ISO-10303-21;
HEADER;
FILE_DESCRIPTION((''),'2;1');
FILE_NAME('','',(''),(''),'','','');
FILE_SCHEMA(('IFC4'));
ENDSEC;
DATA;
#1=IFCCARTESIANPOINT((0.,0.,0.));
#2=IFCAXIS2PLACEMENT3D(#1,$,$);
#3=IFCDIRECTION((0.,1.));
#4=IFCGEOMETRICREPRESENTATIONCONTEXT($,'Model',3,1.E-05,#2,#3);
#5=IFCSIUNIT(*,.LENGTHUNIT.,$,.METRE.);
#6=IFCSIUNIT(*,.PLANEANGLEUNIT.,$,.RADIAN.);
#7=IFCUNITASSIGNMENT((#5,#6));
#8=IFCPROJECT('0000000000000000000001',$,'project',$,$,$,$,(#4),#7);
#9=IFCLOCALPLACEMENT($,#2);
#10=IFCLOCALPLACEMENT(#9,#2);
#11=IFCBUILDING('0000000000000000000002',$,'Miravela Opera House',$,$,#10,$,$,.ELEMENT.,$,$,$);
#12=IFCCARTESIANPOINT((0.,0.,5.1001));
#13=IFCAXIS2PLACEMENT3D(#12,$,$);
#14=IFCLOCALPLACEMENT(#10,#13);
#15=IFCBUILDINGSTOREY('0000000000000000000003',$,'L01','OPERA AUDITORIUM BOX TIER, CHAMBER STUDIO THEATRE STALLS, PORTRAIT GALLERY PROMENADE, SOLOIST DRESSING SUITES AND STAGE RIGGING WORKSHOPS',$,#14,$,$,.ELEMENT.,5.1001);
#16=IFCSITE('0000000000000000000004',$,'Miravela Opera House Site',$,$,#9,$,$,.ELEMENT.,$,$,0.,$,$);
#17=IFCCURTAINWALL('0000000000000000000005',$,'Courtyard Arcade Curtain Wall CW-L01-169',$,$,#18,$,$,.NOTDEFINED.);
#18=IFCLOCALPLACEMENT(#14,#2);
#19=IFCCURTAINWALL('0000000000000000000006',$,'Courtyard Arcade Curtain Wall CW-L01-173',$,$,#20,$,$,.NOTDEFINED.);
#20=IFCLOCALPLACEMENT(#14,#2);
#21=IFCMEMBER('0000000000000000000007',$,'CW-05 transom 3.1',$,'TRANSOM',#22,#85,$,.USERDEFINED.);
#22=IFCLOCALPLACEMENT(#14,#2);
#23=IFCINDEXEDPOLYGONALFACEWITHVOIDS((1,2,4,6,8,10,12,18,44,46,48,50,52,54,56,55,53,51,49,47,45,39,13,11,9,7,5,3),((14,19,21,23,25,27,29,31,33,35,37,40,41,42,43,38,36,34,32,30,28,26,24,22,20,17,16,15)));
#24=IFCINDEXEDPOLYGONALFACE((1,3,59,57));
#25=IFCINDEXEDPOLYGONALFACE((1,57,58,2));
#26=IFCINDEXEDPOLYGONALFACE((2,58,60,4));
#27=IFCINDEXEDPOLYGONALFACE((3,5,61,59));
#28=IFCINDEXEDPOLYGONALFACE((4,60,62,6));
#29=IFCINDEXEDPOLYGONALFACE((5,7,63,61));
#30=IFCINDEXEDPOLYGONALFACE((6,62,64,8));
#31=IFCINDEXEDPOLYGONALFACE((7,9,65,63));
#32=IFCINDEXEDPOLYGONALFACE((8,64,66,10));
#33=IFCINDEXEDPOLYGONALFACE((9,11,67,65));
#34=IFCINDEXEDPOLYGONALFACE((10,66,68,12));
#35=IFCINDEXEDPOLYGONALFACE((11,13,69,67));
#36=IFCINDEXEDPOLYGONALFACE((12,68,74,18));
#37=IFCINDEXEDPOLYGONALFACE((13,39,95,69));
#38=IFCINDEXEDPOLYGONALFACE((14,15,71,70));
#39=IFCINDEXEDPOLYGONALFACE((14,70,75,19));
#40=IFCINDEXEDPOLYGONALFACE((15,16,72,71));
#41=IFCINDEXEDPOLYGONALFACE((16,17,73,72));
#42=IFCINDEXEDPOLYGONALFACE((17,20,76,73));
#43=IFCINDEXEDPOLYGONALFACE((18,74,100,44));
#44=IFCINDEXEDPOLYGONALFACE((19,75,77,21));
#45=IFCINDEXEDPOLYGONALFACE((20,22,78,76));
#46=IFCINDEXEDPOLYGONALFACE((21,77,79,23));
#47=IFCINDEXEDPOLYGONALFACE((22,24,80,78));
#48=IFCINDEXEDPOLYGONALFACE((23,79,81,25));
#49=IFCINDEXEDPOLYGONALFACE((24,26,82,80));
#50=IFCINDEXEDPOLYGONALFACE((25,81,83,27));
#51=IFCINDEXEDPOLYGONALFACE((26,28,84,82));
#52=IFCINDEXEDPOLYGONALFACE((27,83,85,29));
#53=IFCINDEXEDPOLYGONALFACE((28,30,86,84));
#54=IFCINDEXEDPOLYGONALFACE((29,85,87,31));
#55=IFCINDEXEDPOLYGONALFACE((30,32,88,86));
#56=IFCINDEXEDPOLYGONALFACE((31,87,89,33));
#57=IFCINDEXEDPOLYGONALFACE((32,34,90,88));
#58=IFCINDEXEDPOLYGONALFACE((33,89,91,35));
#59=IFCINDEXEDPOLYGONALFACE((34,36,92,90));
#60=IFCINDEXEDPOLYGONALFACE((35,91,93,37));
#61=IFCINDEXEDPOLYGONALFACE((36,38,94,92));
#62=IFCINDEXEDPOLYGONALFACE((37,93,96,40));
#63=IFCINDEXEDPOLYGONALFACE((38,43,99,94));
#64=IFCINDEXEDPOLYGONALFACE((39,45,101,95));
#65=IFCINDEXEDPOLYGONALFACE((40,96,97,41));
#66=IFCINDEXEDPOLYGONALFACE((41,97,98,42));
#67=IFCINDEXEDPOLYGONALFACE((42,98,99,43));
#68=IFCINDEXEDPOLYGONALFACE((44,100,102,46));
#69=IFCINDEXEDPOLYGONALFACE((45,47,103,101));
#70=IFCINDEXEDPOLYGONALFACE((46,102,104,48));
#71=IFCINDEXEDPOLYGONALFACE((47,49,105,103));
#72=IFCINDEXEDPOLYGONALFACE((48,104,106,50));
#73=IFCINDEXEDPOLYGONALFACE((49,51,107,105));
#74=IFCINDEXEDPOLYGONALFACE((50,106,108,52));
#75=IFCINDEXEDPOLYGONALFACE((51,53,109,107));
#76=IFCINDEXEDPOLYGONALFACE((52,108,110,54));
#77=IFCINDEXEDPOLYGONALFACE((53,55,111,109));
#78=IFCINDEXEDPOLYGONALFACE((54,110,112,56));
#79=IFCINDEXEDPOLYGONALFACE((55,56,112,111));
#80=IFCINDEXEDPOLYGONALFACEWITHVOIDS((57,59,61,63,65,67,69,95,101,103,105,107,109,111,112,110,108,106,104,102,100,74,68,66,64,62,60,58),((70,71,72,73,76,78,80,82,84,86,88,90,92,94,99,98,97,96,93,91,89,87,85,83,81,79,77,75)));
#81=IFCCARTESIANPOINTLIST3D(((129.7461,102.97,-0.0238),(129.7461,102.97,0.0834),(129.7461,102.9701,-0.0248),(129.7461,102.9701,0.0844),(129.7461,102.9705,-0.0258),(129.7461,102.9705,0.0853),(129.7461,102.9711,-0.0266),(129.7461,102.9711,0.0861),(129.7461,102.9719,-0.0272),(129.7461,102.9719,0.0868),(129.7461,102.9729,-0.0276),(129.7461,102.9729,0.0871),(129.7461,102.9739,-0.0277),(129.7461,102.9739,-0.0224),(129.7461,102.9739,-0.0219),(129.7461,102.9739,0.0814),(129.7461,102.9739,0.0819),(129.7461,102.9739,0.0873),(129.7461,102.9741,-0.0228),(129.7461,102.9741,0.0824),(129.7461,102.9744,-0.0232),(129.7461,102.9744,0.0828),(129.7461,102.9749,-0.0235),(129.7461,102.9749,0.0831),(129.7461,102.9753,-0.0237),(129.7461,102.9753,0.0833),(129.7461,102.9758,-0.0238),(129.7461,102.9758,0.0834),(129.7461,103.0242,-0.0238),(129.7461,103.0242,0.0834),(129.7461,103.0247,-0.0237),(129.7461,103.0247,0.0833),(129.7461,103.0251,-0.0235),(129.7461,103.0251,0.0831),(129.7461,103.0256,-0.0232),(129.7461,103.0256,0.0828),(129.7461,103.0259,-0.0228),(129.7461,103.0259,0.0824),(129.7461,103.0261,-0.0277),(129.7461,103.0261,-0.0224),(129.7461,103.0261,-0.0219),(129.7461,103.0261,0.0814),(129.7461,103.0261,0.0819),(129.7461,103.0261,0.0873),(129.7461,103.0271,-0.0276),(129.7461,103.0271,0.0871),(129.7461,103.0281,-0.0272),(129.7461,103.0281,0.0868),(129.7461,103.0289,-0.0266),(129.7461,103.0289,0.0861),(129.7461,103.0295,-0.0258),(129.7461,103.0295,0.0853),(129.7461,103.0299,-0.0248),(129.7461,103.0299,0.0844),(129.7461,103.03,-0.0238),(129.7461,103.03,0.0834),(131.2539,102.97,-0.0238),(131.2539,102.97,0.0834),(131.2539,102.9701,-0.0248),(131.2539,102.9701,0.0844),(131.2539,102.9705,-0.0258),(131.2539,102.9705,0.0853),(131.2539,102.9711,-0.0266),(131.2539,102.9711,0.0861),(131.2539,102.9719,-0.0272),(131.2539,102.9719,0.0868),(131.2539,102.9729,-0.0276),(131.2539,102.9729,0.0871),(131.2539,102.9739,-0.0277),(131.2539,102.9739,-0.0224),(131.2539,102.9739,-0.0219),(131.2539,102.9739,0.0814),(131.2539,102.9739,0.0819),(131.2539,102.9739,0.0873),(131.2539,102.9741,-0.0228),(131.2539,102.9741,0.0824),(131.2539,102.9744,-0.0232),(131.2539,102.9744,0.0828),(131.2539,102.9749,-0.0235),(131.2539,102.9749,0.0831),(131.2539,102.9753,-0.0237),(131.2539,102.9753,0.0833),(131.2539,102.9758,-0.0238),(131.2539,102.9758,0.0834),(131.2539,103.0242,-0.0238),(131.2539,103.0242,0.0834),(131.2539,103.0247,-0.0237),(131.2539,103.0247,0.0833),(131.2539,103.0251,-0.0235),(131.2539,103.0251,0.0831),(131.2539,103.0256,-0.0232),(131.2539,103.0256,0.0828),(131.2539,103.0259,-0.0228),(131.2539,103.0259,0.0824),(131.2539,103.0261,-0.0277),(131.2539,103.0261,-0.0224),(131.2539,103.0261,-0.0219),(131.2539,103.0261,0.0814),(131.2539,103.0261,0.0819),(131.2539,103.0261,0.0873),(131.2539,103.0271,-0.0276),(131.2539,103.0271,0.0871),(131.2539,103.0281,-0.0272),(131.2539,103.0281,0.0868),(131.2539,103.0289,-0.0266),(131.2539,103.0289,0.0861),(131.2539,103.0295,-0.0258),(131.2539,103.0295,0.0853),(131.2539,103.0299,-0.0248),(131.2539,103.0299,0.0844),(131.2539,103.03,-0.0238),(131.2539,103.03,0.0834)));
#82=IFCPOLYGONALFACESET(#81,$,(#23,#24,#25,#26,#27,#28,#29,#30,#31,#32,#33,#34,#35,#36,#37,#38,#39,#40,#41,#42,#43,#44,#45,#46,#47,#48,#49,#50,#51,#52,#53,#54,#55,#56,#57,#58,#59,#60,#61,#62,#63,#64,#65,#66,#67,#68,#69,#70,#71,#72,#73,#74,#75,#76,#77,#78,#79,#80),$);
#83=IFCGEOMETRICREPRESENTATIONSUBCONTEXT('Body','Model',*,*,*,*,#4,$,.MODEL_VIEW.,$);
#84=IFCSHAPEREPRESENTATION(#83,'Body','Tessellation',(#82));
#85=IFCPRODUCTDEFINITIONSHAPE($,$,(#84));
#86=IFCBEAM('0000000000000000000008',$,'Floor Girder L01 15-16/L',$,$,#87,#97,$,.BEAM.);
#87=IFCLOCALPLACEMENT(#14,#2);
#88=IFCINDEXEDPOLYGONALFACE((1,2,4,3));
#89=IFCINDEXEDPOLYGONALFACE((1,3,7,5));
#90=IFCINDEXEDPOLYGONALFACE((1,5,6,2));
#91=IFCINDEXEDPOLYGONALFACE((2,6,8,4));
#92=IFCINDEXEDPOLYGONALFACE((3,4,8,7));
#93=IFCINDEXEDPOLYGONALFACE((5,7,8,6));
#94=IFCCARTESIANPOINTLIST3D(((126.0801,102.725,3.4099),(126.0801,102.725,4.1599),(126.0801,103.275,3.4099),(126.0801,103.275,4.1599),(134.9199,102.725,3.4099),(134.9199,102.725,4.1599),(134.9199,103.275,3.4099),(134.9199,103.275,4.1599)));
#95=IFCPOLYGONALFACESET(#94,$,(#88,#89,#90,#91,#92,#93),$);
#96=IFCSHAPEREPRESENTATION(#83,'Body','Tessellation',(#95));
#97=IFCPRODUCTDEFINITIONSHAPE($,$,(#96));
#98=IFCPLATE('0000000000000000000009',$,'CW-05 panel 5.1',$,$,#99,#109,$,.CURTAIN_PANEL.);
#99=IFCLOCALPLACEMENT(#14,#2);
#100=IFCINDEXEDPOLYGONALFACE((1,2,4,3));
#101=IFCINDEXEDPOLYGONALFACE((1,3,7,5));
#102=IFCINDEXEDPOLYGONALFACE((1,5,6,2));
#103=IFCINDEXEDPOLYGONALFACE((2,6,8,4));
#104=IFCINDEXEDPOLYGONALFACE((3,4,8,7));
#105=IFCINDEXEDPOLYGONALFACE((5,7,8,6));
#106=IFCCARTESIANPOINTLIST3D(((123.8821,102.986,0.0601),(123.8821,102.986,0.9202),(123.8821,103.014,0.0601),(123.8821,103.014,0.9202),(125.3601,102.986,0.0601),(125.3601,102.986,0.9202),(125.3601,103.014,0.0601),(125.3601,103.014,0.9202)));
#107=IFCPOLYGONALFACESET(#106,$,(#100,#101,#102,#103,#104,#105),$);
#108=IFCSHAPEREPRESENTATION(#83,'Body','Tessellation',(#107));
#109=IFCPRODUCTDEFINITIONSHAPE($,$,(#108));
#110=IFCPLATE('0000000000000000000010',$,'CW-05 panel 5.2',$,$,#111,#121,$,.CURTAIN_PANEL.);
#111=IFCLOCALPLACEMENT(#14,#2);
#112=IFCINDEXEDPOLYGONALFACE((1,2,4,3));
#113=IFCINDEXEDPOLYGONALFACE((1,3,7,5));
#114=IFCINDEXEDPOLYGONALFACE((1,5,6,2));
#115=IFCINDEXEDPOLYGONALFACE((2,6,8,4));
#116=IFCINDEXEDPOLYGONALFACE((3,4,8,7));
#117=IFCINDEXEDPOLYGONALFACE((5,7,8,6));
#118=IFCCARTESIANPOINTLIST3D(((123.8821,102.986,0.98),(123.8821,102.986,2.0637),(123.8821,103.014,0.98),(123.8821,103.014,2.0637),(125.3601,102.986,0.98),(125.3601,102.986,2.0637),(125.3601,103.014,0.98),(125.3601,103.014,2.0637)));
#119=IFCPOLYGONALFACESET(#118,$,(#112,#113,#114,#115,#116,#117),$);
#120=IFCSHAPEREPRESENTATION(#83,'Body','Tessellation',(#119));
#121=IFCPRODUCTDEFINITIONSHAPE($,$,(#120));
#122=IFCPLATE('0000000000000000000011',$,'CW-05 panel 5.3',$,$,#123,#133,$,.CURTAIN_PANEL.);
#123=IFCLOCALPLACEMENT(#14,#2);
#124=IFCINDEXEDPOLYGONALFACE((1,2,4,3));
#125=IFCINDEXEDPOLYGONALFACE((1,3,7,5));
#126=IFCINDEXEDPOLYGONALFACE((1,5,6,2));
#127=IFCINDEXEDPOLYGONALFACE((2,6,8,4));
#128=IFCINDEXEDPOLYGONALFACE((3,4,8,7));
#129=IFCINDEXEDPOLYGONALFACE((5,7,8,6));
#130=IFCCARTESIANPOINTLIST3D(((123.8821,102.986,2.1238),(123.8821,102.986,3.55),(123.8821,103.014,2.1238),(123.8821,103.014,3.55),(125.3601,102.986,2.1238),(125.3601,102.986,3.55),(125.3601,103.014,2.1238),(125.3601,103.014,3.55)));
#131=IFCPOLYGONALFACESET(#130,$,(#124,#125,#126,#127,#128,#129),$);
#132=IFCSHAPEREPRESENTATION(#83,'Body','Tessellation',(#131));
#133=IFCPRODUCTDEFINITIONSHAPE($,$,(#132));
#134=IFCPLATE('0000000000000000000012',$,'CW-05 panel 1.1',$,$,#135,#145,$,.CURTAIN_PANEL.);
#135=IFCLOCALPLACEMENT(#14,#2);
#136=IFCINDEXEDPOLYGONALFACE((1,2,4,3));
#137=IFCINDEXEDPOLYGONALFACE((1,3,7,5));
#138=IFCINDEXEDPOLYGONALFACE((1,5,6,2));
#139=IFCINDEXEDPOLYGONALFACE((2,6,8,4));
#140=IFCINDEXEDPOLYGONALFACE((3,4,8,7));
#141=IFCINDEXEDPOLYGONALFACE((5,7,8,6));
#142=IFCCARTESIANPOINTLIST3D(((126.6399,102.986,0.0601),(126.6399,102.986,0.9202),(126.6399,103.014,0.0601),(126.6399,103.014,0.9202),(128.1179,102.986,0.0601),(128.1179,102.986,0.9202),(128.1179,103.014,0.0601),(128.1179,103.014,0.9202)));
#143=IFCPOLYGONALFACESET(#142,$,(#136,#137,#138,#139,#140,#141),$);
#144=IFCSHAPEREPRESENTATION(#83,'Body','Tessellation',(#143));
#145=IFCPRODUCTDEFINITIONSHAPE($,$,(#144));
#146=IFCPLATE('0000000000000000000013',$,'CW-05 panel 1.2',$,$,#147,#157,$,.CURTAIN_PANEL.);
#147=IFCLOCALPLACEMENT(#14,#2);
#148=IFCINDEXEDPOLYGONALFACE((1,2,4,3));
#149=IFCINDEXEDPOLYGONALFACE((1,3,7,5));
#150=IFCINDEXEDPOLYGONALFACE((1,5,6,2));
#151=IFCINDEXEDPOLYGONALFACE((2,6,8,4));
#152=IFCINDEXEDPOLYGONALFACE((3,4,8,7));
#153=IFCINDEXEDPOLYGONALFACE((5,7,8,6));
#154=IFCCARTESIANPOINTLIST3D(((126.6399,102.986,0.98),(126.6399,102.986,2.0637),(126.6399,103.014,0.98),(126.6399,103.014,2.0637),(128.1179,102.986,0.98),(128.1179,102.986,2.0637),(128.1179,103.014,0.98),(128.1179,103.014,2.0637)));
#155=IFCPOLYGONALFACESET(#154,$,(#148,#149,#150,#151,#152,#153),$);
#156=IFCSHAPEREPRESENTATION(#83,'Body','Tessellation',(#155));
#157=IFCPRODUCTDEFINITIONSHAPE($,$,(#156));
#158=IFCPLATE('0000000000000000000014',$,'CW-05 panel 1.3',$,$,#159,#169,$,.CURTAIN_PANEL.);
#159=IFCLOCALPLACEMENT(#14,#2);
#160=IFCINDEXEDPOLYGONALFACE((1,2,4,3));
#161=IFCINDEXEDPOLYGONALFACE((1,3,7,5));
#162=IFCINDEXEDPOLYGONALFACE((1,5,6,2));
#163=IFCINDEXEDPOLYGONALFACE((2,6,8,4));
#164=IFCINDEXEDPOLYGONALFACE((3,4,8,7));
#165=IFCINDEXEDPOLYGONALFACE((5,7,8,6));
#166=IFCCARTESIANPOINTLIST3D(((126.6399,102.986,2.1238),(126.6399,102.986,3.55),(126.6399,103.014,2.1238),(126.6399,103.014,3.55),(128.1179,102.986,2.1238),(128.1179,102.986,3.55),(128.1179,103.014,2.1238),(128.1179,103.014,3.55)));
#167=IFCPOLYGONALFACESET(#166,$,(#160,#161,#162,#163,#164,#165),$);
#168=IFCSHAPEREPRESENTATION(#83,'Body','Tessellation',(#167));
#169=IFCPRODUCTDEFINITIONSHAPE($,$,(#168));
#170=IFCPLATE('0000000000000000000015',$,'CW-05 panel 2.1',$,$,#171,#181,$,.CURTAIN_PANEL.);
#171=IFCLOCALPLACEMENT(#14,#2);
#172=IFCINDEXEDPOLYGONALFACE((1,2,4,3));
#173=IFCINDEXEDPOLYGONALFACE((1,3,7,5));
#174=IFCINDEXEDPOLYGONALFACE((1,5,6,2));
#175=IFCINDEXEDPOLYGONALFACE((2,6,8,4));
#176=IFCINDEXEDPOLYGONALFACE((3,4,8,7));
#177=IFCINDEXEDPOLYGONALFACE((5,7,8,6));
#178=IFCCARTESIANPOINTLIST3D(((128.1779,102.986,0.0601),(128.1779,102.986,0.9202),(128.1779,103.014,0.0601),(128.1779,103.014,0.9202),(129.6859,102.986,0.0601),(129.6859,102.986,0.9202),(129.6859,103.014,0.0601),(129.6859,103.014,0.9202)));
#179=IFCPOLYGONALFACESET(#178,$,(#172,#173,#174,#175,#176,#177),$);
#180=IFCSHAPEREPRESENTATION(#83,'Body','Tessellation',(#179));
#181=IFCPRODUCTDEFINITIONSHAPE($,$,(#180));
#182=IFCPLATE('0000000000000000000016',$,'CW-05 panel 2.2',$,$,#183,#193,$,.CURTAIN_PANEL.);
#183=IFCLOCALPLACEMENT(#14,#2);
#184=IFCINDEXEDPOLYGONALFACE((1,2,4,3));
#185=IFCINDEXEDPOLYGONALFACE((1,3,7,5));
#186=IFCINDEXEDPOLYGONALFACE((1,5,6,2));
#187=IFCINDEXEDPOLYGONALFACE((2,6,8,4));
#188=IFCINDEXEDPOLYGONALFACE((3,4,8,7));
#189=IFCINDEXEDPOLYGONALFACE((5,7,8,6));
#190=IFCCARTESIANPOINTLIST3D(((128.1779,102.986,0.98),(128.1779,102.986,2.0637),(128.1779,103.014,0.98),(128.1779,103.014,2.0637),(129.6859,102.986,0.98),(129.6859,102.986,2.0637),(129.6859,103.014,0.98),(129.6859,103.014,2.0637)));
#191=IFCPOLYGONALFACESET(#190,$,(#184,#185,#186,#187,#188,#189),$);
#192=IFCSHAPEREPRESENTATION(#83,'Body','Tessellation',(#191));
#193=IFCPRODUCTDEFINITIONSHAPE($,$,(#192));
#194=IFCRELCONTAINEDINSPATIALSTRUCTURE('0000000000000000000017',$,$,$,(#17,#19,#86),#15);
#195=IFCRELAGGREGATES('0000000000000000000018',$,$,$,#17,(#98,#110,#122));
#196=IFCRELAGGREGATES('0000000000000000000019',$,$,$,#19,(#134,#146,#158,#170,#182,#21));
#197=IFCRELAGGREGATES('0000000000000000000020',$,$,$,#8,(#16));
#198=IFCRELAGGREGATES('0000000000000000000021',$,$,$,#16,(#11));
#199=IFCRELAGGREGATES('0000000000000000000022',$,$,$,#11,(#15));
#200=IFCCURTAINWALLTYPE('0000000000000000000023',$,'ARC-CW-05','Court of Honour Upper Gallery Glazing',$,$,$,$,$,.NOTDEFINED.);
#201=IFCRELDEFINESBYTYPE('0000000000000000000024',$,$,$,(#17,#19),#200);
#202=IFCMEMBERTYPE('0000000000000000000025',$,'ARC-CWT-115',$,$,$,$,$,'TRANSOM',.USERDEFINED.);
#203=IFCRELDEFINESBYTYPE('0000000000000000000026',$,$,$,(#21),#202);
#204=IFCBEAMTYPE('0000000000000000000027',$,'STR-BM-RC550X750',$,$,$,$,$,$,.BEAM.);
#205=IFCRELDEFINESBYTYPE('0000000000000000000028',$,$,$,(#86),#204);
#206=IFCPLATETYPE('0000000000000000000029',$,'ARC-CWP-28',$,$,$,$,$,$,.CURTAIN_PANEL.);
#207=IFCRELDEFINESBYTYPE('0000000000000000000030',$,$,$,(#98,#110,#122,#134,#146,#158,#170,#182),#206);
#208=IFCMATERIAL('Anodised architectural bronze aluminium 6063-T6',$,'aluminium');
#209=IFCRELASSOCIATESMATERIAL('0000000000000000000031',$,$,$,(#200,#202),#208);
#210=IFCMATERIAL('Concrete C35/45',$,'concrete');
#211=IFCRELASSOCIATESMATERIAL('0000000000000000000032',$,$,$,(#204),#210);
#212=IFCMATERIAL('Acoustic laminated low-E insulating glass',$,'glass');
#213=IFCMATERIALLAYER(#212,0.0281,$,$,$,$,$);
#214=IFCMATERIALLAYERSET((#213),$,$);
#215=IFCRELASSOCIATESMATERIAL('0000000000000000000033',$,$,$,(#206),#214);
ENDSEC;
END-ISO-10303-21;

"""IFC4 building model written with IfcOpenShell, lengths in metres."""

from ifc_helpers import new_model, si_unit, direction, frame, origin, origin_2d, place, context, subcontext, project, spatial, rectangle, hollow_rectangle, extrude, material, layer, layer_set, material_profile, profile_set, type_object, element, aggregate, save


model = new_model("IFC4")

# Units and contexts
model_context = context("Model", 3, precision=1e-05, world=origin(), true_north=direction((0.0, 1.0)))
body_context = subcontext(model_context, "Body", "Model", "MODEL_VIEW")
ifc_project = project(units=[si_unit("LENGTHUNIT", "METRE"), si_unit("PLANEANGLEUNIT", "RADIAN")], contexts=[model_context])

# Site, building, storey
site_placement = place(None, origin())
site = spatial("IfcSite", under=ifc_project, at=site_placement, Name="Miravela Opera House Site", CompositionType="ELEMENT", RefElevation=0.0)
building_placement = place(site_placement, origin())
building = spatial("IfcBuilding", under=site, at=building_placement, Name="Miravela Opera House", CompositionType="ELEMENT")
storey_placement = place(building_placement, frame((0.0, 0.0, 5.1001)))
storey = spatial("IfcBuildingStorey", under=building, at=storey_placement, Name="L01", Description="OPERA AUDITORIUM BOX TIER, CHAMBER STUDIO THEATRE STALLS, PORTRAIT GALLERY PROMENADE, SOLOIST DRESSING SUITES AND STAGE RIGGING WORKSHOPS", CompositionType="ELEMENT", Elevation=5.1001)

# Shared definitions
ifc_material_1 = material(Name="Concrete C35/45", Category="concrete")

# Curtain wall
ifc_material_2 = material(Name="Anodised architectural bronze aluminium 6063-T6", Category="aluminium")
curtain_wall_type = type_object("IfcCurtainWallType", Name="ARC-CW-05", Description="Court of Honour Upper Gallery Glazing", PredefinedType="NOTDEFINED", material=ifc_material_2)
curtain_wall_1_placement = place(storey_placement, origin())
curtain_wall_1 = element("IfcCurtainWall", 1, at=curtain_wall_1_placement, inside=storey, type_object=curtain_wall_type, Name="Courtyard Arcade Curtain Wall CW-L01-169", PredefinedType="NOTDEFINED")

# Curtain wall, member
curtain_wall_2_placement = place(storey_placement, origin())
curtain_wall_2 = element("IfcCurtainWall", 2, at=curtain_wall_2_placement, inside=storey, type_object=curtain_wall_type, Name="Courtyard Arcade Curtain Wall CW-L01-173", PredefinedType="NOTDEFINED")
ifc_material_profile_1 = material_profile(ifc_material_2, hollow_rectangle(XDim=0.0601, YDim=0.115, WallThickness=0.0039, InnerFilletRadius=0.002, OuterFilletRadius=0.0039, at=origin_2d()), Name="CWT-60X115")
ifc_profile_set_1 = profile_set([ifc_material_profile_1])
member_type_1 = type_object("IfcMemberType", Name="ARC-CWT-115", ElementType="TRANSOM", PredefinedType="USERDEFINED", material=ifc_profile_set_1)
member_1_placement = place(storey_placement, frame((129.7461, 103.0, 0.0298), z_axis=(1.0, 0.0, 0.0), x_axis=(0.0, 1.0, 0.0)))
member_1 = element("IfcMember", 3, at=member_1_placement, type_object=member_type_1, Name="CW-05 transom 3.1", ObjectType="TRANSOM", PredefinedType="USERDEFINED", context=body_context, shape_type="SweptSolid", body=[
    extrude(hollow_rectangle(XDim=0.0601, YDim=0.115, WallThickness=0.0039, InnerFilletRadius=0.002, OuterFilletRadius=0.0039, at=origin_2d()), origin(), (0.0, 0.0, 1.0), 1.5078),
])

# Beam
ifc_material_profile_2 = material_profile(ifc_material_1, rectangle(XDim=0.55, YDim=0.75, at=origin_2d()), Name="RC-BM-550X750")
ifc_profile_set_2 = profile_set([ifc_material_profile_2])
beam_type = type_object("IfcBeamType", Name="STR-BM-RC550X750", PredefinedType="BEAM", material=ifc_profile_set_2)
beam_placement = place(storey_placement, frame((126.0801, 103.0, 3.7849), z_axis=(1.0, 0.0, 0.0), x_axis=(0.0, 1.0, 0.0)))
element("IfcBeam", 4, at=beam_placement, inside=storey, type_object=beam_type, Name="Floor Girder L01 15-16/L", PredefinedType="BEAM", context=body_context, shape_type="SweptSolid", body=[
    extrude(rectangle(XDim=0.55, YDim=0.75, at=origin_2d()), origin(), (0.0, 0.0, 1.0), 8.8398),
])

# Plates
ifc_material_3 = material(Name="Acoustic laminated low-E insulating glass", Category="glass")
ifc_layer = layer(ifc_material_3, 0.0281)
ifc_layer_set = layer_set([ifc_layer])
plate_type = type_object("IfcPlateType", Name="ARC-CWP-28", PredefinedType="CURTAIN_PANEL", material=ifc_layer_set)
plate_1_placement = place(storey_placement, frame((124.6211, 103.0, 0.0601), z_axis=(0.0, 0.0, 1.0), x_axis=(1.0, 0.0, 0.0)))
plate_1 = element("IfcPlate", 5, at=plate_1_placement, type_object=plate_type, Name="CW-05 panel 5.1", PredefinedType="CURTAIN_PANEL", context=body_context, shape_type="SweptSolid", body=[
    extrude(rectangle(XDim=1.478, YDim=0.0281, at=origin_2d()), origin(), (0.0, 0.0, 1.0), 0.8601),
])
plate_2_placement = place(storey_placement, frame((124.6211, 103.0, 0.98), z_axis=(0.0, 0.0, 1.0), x_axis=(1.0, 0.0, 0.0)))
plate_2 = element("IfcPlate", 6, at=plate_2_placement, type_object=plate_type, Name="CW-05 panel 5.2", PredefinedType="CURTAIN_PANEL", context=body_context, shape_type="SweptSolid", body=[
    extrude(rectangle(XDim=1.478, YDim=0.0281, at=origin_2d()), origin(), (0.0, 0.0, 1.0), 1.0837),
])
plate_3_placement = place(storey_placement, frame((124.6211, 103.0, 2.1238), z_axis=(0.0, 0.0, 1.0), x_axis=(1.0, 0.0, 0.0)))
plate_3 = element("IfcPlate", 7, at=plate_3_placement, type_object=plate_type, Name="CW-05 panel 5.3", PredefinedType="CURTAIN_PANEL", context=body_context, shape_type="SweptSolid", body=[
    extrude(rectangle(XDim=1.478, YDim=0.0281, at=origin_2d()), origin(), (0.0, 0.0, 1.0), 1.4263),
])
aggregate(curtain_wall_1, [plate_1, plate_2, plate_3])
plate_4_placement = place(storey_placement, frame((127.3789, 103.0, 0.0601), z_axis=(0.0, 0.0, 1.0), x_axis=(1.0, 0.0, 0.0)))
plate_4 = element("IfcPlate", 8, at=plate_4_placement, type_object=plate_type, Name="CW-05 panel 1.1", PredefinedType="CURTAIN_PANEL", context=body_context, shape_type="SweptSolid", body=[
    extrude(rectangle(XDim=1.478, YDim=0.0281, at=origin_2d()), origin(), (0.0, 0.0, 1.0), 0.8601),
])
plate_5_placement = place(storey_placement, frame((127.3789, 103.0, 0.98), z_axis=(0.0, 0.0, 1.0), x_axis=(1.0, 0.0, 0.0)))
plate_5 = element("IfcPlate", 9, at=plate_5_placement, type_object=plate_type, Name="CW-05 panel 1.2", PredefinedType="CURTAIN_PANEL", context=body_context, shape_type="SweptSolid", body=[
    extrude(rectangle(XDim=1.478, YDim=0.0281, at=origin_2d()), origin(), (0.0, 0.0, 1.0), 1.0837),
])
plate_6_placement = place(storey_placement, frame((127.3789, 103.0, 2.1238), z_axis=(0.0, 0.0, 1.0), x_axis=(1.0, 0.0, 0.0)))
plate_6 = element("IfcPlate", 10, at=plate_6_placement, type_object=plate_type, Name="CW-05 panel 1.3", PredefinedType="CURTAIN_PANEL", context=body_context, shape_type="SweptSolid", body=[
    extrude(rectangle(XDim=1.478, YDim=0.0281, at=origin_2d()), origin(), (0.0, 0.0, 1.0), 1.4263),
])
plate_7_placement = place(storey_placement, frame((128.9319, 103.0, 0.0601), z_axis=(0.0, 0.0, 1.0), x_axis=(1.0, 0.0, 0.0)))
plate_7 = element("IfcPlate", 11, at=plate_7_placement, type_object=plate_type, Name="CW-05 panel 2.1", PredefinedType="CURTAIN_PANEL", context=body_context, shape_type="SweptSolid", body=[
    extrude(rectangle(XDim=1.5081, YDim=0.0281, at=origin_2d()), origin(), (0.0, 0.0, 1.0), 0.8601),
])
plate_8_placement = place(storey_placement, frame((128.9319, 103.0, 0.98), z_axis=(0.0, 0.0, 1.0), x_axis=(1.0, 0.0, 0.0)))
plate_8 = element("IfcPlate", 12, at=plate_8_placement, type_object=plate_type, Name="CW-05 panel 2.2", PredefinedType="CURTAIN_PANEL", context=body_context, shape_type="SweptSolid", body=[
    extrude(rectangle(XDim=1.5081, YDim=0.0281, at=origin_2d()), origin(), (0.0, 0.0, 1.0), 1.0837),
])
aggregate(curtain_wall_2, [plate_4, plate_5, plate_6, plate_7, plate_8, member_1])

save(model, "model.ifc")
